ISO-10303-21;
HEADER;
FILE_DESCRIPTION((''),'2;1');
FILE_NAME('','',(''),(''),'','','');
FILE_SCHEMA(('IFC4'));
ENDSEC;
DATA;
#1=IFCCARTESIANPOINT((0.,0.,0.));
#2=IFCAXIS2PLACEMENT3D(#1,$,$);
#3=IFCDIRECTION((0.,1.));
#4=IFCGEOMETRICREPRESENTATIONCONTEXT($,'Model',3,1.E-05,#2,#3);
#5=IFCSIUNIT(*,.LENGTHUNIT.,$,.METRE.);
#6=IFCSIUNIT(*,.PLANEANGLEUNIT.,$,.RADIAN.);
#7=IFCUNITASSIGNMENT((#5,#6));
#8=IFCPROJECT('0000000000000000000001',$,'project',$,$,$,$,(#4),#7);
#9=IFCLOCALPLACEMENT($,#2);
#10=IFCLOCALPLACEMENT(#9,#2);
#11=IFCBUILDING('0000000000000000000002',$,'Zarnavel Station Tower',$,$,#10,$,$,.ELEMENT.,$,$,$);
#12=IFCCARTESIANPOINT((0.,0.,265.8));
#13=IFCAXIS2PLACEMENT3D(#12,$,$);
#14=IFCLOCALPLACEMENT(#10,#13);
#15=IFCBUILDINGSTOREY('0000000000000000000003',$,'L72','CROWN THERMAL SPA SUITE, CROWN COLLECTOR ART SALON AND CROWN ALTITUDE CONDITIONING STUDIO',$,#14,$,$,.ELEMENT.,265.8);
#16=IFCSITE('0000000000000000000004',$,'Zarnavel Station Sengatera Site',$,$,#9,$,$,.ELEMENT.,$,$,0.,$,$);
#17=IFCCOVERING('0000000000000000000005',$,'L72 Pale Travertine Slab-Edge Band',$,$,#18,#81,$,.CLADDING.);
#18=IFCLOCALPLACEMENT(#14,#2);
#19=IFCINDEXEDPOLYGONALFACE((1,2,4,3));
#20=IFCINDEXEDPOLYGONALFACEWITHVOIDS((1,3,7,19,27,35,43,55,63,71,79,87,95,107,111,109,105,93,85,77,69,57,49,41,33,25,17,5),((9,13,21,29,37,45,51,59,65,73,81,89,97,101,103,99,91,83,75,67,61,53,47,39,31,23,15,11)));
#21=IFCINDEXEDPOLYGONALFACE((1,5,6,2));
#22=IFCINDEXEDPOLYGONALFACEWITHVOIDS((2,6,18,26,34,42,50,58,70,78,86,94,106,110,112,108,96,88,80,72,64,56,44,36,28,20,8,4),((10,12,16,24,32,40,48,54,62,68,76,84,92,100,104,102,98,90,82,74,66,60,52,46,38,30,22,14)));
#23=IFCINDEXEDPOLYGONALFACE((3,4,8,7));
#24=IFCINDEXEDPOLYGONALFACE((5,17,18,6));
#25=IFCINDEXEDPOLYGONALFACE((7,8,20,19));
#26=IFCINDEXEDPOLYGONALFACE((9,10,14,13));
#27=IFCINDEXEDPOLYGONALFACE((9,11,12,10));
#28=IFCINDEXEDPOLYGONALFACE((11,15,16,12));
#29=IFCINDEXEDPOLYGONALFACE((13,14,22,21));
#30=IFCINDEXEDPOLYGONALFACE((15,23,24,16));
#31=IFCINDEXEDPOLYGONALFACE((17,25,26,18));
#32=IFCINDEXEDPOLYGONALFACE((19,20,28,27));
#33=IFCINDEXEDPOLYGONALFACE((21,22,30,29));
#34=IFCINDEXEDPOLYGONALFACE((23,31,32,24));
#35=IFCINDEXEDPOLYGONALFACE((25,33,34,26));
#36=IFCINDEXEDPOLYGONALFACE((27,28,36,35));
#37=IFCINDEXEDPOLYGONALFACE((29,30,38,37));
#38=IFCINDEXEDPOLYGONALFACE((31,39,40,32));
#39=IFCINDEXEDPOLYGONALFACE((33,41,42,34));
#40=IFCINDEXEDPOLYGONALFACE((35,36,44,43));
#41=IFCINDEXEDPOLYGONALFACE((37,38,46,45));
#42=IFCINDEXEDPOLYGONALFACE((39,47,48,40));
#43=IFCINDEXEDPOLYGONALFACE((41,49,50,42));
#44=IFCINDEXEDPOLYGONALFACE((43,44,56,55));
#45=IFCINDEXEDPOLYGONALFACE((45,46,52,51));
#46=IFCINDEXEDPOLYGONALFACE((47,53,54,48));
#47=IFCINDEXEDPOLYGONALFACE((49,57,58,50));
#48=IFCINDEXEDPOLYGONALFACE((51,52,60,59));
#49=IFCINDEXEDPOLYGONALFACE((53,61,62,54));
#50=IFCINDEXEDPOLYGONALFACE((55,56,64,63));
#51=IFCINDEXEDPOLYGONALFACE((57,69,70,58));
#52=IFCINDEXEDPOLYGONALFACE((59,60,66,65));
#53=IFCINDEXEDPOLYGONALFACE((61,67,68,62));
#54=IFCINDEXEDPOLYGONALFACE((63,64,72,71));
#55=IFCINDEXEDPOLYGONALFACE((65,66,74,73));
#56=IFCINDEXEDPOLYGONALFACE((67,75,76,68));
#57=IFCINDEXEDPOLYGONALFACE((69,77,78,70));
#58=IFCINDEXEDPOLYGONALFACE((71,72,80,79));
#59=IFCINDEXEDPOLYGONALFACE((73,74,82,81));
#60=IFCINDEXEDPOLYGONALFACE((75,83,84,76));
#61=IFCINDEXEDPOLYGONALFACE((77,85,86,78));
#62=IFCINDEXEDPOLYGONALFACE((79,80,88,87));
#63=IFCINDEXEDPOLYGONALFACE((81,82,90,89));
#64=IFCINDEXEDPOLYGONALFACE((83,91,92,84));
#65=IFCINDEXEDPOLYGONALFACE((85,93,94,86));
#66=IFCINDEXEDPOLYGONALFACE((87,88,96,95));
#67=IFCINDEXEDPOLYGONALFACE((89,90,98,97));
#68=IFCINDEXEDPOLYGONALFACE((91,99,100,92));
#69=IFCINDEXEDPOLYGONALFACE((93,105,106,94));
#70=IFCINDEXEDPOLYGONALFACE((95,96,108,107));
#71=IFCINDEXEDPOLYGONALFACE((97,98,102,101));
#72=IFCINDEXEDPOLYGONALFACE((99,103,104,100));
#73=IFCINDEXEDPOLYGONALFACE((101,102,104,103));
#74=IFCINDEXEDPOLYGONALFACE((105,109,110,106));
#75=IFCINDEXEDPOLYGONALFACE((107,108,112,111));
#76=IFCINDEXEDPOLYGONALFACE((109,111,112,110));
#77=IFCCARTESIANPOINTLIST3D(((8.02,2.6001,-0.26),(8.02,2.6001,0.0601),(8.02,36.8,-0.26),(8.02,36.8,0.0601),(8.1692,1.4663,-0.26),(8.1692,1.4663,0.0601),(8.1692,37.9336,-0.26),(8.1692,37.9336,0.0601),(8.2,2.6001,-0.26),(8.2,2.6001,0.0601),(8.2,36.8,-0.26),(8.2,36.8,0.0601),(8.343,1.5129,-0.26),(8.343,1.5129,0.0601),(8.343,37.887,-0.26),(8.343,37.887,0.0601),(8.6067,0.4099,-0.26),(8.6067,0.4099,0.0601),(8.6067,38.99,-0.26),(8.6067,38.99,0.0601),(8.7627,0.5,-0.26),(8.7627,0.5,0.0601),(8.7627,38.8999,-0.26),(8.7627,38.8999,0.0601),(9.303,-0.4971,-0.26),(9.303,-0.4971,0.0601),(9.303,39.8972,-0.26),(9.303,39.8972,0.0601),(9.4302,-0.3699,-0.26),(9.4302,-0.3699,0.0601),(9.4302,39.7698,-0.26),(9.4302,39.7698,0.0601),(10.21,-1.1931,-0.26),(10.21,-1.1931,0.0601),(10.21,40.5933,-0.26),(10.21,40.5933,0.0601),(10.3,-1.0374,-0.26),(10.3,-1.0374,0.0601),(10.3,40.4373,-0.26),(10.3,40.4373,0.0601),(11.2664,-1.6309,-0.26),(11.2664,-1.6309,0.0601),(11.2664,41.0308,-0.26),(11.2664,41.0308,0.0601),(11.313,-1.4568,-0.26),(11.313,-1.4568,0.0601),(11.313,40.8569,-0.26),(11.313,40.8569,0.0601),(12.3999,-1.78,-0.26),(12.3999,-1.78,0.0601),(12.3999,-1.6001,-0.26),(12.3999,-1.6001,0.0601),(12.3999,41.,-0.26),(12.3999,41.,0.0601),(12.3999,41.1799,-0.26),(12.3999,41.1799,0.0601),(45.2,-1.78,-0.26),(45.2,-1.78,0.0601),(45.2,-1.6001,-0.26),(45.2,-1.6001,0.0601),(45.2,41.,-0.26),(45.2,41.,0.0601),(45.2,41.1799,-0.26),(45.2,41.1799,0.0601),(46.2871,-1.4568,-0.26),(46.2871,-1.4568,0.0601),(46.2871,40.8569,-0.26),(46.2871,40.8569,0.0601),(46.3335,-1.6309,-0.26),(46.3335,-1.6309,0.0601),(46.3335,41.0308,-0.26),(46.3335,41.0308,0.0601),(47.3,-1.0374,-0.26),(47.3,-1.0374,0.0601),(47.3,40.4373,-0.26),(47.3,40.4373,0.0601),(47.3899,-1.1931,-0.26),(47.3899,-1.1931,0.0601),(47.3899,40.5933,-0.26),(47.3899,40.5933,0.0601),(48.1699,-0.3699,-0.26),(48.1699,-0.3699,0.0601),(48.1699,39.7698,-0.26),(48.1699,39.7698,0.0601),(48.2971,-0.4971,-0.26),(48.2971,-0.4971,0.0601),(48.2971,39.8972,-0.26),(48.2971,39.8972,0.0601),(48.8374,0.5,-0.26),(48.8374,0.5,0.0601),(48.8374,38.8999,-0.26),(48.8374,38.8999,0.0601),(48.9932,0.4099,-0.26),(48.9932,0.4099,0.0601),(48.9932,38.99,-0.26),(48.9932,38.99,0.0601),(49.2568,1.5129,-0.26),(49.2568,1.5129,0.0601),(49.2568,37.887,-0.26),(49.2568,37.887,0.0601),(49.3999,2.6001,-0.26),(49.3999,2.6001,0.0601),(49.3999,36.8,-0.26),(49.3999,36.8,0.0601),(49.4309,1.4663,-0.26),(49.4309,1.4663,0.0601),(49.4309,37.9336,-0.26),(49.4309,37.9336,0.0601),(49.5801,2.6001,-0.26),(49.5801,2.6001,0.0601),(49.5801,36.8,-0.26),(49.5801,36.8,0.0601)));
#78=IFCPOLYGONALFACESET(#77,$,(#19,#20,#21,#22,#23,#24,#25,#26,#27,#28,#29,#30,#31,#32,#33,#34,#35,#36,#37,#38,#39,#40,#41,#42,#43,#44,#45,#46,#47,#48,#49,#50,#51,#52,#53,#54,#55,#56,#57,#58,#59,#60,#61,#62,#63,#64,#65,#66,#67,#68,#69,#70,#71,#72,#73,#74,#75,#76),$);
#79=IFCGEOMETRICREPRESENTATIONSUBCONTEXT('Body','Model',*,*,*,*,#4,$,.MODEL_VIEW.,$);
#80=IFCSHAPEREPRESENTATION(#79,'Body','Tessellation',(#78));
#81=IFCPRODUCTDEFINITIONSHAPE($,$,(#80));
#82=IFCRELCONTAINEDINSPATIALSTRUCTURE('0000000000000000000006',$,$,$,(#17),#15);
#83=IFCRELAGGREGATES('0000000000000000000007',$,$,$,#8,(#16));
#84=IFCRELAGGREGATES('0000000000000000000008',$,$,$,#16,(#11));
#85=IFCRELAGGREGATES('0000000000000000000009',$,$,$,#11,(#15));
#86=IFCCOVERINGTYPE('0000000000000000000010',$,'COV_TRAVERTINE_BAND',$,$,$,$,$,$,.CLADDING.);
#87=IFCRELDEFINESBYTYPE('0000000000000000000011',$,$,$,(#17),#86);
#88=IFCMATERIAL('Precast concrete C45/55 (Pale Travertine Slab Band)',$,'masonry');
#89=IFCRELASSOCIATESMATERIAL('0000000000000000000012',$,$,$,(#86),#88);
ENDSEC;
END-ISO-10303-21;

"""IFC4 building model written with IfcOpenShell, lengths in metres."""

from ifc_helpers import new_model, si_unit, direction, frame, origin, place, context, subcontext, project, spatial, polyline, outline, extrude, material, type_object, element, save


model = new_model("IFC4")

# Units and contexts
model_context = context("Model", 3, precision=1e-05, world=origin(), true_north=direction((0.0, 1.0)))
body_context = subcontext(model_context, "Body", "Model", "MODEL_VIEW")
ifc_project = project(units=[si_unit("LENGTHUNIT", "METRE"), si_unit("PLANEANGLEUNIT", "RADIAN")], contexts=[model_context])

# Site, building, storey
site_placement = place(None, origin())
site = spatial("IfcSite", under=ifc_project, at=site_placement, Name="Zarnavel Station Sengatera Site", CompositionType="ELEMENT", RefElevation=0.0)
building_placement = place(site_placement, origin())
building = spatial("IfcBuilding", under=site, at=building_placement, Name="Zarnavel Station Tower", CompositionType="ELEMENT")
storey_placement = place(building_placement, frame((0.0, 0.0, 265.8)))
storey = spatial("IfcBuildingStorey", under=building, at=storey_placement, Name="L72", Description="CROWN THERMAL SPA SUITE, CROWN COLLECTOR ART SALON AND CROWN ALTITUDE CONDITIONING STUDIO", CompositionType="ELEMENT", Elevation=265.8)

# Covering
ifc_material_1 = material(Name="Precast concrete C45/55 (Pale Travertine Slab Band)", Category="masonry")
covering_type_1 = type_object("IfcCoveringType", Name="COV_TRAVERTINE_BAND", PredefinedType="CLADDING", material=ifc_material_1)
covering_1_placement = place(storey_placement, frame((0.0, 0.0, -0.26)))
element("IfcCovering", 1, at=covering_1_placement, inside=storey, type_object=covering_type_1, Name="L72 Pale Travertine Slab-Edge Band", PredefinedType="CLADDING", context=body_context, shape_type="SweptSolid", body=[
    extrude(outline(polyline([(45.2, -1.78), (46.3335, -1.6309), (47.3899, -1.1931), (48.2971, -0.4971), (48.9932, 0.4099), (49.4309, 1.4663), (49.5801, 2.6001), (49.5801, 36.8), (49.4309, 37.9336), (48.9932, 38.99), (48.2971, 39.8972), (47.3899, 40.5933), (46.3335, 41.0308), (45.2, 41.1799), (12.3999, 41.1799), (11.2664, 41.0308), (10.21, 40.5933), (9.303, 39.8972), (8.6067, 38.99), (8.1692, 37.9336), (8.02, 36.8), (8.02, 2.6001), (8.1692, 1.4663), (8.6067, 0.4099), (9.303, -0.4971), (10.21, -1.1931), (11.2664, -1.6309), (12.3999, -1.78), (45.2, -1.78)]), holes=[polyline([(45.2, -1.6001), (46.2871, -1.4568), (47.3, -1.0374), (48.1699, -0.3699), (48.8374, 0.5), (49.2568, 1.5129), (49.3999, 2.6001), (49.3999, 36.8), (49.2568, 37.887), (48.8374, 38.8999), (48.1699, 39.7698), (47.3, 40.4373), (46.2871, 40.8569), (45.2, 41.0), (12.3999, 41.0), (11.313, 40.8569), (10.3, 40.4373), (9.4302, 39.7698), (8.7627, 38.8999), (8.343, 37.887), (8.2, 36.8), (8.2, 2.6001), (8.343, 1.5129), (8.7627, 0.5), (9.4302, -0.3699), (10.3, -1.0374), (11.313, -1.4568), (12.3999, -1.6001), (45.2, -1.6001)])]), origin(), (0.0, 0.0, 1.0), 0.3201),
])

save(model, "model.ifc")
